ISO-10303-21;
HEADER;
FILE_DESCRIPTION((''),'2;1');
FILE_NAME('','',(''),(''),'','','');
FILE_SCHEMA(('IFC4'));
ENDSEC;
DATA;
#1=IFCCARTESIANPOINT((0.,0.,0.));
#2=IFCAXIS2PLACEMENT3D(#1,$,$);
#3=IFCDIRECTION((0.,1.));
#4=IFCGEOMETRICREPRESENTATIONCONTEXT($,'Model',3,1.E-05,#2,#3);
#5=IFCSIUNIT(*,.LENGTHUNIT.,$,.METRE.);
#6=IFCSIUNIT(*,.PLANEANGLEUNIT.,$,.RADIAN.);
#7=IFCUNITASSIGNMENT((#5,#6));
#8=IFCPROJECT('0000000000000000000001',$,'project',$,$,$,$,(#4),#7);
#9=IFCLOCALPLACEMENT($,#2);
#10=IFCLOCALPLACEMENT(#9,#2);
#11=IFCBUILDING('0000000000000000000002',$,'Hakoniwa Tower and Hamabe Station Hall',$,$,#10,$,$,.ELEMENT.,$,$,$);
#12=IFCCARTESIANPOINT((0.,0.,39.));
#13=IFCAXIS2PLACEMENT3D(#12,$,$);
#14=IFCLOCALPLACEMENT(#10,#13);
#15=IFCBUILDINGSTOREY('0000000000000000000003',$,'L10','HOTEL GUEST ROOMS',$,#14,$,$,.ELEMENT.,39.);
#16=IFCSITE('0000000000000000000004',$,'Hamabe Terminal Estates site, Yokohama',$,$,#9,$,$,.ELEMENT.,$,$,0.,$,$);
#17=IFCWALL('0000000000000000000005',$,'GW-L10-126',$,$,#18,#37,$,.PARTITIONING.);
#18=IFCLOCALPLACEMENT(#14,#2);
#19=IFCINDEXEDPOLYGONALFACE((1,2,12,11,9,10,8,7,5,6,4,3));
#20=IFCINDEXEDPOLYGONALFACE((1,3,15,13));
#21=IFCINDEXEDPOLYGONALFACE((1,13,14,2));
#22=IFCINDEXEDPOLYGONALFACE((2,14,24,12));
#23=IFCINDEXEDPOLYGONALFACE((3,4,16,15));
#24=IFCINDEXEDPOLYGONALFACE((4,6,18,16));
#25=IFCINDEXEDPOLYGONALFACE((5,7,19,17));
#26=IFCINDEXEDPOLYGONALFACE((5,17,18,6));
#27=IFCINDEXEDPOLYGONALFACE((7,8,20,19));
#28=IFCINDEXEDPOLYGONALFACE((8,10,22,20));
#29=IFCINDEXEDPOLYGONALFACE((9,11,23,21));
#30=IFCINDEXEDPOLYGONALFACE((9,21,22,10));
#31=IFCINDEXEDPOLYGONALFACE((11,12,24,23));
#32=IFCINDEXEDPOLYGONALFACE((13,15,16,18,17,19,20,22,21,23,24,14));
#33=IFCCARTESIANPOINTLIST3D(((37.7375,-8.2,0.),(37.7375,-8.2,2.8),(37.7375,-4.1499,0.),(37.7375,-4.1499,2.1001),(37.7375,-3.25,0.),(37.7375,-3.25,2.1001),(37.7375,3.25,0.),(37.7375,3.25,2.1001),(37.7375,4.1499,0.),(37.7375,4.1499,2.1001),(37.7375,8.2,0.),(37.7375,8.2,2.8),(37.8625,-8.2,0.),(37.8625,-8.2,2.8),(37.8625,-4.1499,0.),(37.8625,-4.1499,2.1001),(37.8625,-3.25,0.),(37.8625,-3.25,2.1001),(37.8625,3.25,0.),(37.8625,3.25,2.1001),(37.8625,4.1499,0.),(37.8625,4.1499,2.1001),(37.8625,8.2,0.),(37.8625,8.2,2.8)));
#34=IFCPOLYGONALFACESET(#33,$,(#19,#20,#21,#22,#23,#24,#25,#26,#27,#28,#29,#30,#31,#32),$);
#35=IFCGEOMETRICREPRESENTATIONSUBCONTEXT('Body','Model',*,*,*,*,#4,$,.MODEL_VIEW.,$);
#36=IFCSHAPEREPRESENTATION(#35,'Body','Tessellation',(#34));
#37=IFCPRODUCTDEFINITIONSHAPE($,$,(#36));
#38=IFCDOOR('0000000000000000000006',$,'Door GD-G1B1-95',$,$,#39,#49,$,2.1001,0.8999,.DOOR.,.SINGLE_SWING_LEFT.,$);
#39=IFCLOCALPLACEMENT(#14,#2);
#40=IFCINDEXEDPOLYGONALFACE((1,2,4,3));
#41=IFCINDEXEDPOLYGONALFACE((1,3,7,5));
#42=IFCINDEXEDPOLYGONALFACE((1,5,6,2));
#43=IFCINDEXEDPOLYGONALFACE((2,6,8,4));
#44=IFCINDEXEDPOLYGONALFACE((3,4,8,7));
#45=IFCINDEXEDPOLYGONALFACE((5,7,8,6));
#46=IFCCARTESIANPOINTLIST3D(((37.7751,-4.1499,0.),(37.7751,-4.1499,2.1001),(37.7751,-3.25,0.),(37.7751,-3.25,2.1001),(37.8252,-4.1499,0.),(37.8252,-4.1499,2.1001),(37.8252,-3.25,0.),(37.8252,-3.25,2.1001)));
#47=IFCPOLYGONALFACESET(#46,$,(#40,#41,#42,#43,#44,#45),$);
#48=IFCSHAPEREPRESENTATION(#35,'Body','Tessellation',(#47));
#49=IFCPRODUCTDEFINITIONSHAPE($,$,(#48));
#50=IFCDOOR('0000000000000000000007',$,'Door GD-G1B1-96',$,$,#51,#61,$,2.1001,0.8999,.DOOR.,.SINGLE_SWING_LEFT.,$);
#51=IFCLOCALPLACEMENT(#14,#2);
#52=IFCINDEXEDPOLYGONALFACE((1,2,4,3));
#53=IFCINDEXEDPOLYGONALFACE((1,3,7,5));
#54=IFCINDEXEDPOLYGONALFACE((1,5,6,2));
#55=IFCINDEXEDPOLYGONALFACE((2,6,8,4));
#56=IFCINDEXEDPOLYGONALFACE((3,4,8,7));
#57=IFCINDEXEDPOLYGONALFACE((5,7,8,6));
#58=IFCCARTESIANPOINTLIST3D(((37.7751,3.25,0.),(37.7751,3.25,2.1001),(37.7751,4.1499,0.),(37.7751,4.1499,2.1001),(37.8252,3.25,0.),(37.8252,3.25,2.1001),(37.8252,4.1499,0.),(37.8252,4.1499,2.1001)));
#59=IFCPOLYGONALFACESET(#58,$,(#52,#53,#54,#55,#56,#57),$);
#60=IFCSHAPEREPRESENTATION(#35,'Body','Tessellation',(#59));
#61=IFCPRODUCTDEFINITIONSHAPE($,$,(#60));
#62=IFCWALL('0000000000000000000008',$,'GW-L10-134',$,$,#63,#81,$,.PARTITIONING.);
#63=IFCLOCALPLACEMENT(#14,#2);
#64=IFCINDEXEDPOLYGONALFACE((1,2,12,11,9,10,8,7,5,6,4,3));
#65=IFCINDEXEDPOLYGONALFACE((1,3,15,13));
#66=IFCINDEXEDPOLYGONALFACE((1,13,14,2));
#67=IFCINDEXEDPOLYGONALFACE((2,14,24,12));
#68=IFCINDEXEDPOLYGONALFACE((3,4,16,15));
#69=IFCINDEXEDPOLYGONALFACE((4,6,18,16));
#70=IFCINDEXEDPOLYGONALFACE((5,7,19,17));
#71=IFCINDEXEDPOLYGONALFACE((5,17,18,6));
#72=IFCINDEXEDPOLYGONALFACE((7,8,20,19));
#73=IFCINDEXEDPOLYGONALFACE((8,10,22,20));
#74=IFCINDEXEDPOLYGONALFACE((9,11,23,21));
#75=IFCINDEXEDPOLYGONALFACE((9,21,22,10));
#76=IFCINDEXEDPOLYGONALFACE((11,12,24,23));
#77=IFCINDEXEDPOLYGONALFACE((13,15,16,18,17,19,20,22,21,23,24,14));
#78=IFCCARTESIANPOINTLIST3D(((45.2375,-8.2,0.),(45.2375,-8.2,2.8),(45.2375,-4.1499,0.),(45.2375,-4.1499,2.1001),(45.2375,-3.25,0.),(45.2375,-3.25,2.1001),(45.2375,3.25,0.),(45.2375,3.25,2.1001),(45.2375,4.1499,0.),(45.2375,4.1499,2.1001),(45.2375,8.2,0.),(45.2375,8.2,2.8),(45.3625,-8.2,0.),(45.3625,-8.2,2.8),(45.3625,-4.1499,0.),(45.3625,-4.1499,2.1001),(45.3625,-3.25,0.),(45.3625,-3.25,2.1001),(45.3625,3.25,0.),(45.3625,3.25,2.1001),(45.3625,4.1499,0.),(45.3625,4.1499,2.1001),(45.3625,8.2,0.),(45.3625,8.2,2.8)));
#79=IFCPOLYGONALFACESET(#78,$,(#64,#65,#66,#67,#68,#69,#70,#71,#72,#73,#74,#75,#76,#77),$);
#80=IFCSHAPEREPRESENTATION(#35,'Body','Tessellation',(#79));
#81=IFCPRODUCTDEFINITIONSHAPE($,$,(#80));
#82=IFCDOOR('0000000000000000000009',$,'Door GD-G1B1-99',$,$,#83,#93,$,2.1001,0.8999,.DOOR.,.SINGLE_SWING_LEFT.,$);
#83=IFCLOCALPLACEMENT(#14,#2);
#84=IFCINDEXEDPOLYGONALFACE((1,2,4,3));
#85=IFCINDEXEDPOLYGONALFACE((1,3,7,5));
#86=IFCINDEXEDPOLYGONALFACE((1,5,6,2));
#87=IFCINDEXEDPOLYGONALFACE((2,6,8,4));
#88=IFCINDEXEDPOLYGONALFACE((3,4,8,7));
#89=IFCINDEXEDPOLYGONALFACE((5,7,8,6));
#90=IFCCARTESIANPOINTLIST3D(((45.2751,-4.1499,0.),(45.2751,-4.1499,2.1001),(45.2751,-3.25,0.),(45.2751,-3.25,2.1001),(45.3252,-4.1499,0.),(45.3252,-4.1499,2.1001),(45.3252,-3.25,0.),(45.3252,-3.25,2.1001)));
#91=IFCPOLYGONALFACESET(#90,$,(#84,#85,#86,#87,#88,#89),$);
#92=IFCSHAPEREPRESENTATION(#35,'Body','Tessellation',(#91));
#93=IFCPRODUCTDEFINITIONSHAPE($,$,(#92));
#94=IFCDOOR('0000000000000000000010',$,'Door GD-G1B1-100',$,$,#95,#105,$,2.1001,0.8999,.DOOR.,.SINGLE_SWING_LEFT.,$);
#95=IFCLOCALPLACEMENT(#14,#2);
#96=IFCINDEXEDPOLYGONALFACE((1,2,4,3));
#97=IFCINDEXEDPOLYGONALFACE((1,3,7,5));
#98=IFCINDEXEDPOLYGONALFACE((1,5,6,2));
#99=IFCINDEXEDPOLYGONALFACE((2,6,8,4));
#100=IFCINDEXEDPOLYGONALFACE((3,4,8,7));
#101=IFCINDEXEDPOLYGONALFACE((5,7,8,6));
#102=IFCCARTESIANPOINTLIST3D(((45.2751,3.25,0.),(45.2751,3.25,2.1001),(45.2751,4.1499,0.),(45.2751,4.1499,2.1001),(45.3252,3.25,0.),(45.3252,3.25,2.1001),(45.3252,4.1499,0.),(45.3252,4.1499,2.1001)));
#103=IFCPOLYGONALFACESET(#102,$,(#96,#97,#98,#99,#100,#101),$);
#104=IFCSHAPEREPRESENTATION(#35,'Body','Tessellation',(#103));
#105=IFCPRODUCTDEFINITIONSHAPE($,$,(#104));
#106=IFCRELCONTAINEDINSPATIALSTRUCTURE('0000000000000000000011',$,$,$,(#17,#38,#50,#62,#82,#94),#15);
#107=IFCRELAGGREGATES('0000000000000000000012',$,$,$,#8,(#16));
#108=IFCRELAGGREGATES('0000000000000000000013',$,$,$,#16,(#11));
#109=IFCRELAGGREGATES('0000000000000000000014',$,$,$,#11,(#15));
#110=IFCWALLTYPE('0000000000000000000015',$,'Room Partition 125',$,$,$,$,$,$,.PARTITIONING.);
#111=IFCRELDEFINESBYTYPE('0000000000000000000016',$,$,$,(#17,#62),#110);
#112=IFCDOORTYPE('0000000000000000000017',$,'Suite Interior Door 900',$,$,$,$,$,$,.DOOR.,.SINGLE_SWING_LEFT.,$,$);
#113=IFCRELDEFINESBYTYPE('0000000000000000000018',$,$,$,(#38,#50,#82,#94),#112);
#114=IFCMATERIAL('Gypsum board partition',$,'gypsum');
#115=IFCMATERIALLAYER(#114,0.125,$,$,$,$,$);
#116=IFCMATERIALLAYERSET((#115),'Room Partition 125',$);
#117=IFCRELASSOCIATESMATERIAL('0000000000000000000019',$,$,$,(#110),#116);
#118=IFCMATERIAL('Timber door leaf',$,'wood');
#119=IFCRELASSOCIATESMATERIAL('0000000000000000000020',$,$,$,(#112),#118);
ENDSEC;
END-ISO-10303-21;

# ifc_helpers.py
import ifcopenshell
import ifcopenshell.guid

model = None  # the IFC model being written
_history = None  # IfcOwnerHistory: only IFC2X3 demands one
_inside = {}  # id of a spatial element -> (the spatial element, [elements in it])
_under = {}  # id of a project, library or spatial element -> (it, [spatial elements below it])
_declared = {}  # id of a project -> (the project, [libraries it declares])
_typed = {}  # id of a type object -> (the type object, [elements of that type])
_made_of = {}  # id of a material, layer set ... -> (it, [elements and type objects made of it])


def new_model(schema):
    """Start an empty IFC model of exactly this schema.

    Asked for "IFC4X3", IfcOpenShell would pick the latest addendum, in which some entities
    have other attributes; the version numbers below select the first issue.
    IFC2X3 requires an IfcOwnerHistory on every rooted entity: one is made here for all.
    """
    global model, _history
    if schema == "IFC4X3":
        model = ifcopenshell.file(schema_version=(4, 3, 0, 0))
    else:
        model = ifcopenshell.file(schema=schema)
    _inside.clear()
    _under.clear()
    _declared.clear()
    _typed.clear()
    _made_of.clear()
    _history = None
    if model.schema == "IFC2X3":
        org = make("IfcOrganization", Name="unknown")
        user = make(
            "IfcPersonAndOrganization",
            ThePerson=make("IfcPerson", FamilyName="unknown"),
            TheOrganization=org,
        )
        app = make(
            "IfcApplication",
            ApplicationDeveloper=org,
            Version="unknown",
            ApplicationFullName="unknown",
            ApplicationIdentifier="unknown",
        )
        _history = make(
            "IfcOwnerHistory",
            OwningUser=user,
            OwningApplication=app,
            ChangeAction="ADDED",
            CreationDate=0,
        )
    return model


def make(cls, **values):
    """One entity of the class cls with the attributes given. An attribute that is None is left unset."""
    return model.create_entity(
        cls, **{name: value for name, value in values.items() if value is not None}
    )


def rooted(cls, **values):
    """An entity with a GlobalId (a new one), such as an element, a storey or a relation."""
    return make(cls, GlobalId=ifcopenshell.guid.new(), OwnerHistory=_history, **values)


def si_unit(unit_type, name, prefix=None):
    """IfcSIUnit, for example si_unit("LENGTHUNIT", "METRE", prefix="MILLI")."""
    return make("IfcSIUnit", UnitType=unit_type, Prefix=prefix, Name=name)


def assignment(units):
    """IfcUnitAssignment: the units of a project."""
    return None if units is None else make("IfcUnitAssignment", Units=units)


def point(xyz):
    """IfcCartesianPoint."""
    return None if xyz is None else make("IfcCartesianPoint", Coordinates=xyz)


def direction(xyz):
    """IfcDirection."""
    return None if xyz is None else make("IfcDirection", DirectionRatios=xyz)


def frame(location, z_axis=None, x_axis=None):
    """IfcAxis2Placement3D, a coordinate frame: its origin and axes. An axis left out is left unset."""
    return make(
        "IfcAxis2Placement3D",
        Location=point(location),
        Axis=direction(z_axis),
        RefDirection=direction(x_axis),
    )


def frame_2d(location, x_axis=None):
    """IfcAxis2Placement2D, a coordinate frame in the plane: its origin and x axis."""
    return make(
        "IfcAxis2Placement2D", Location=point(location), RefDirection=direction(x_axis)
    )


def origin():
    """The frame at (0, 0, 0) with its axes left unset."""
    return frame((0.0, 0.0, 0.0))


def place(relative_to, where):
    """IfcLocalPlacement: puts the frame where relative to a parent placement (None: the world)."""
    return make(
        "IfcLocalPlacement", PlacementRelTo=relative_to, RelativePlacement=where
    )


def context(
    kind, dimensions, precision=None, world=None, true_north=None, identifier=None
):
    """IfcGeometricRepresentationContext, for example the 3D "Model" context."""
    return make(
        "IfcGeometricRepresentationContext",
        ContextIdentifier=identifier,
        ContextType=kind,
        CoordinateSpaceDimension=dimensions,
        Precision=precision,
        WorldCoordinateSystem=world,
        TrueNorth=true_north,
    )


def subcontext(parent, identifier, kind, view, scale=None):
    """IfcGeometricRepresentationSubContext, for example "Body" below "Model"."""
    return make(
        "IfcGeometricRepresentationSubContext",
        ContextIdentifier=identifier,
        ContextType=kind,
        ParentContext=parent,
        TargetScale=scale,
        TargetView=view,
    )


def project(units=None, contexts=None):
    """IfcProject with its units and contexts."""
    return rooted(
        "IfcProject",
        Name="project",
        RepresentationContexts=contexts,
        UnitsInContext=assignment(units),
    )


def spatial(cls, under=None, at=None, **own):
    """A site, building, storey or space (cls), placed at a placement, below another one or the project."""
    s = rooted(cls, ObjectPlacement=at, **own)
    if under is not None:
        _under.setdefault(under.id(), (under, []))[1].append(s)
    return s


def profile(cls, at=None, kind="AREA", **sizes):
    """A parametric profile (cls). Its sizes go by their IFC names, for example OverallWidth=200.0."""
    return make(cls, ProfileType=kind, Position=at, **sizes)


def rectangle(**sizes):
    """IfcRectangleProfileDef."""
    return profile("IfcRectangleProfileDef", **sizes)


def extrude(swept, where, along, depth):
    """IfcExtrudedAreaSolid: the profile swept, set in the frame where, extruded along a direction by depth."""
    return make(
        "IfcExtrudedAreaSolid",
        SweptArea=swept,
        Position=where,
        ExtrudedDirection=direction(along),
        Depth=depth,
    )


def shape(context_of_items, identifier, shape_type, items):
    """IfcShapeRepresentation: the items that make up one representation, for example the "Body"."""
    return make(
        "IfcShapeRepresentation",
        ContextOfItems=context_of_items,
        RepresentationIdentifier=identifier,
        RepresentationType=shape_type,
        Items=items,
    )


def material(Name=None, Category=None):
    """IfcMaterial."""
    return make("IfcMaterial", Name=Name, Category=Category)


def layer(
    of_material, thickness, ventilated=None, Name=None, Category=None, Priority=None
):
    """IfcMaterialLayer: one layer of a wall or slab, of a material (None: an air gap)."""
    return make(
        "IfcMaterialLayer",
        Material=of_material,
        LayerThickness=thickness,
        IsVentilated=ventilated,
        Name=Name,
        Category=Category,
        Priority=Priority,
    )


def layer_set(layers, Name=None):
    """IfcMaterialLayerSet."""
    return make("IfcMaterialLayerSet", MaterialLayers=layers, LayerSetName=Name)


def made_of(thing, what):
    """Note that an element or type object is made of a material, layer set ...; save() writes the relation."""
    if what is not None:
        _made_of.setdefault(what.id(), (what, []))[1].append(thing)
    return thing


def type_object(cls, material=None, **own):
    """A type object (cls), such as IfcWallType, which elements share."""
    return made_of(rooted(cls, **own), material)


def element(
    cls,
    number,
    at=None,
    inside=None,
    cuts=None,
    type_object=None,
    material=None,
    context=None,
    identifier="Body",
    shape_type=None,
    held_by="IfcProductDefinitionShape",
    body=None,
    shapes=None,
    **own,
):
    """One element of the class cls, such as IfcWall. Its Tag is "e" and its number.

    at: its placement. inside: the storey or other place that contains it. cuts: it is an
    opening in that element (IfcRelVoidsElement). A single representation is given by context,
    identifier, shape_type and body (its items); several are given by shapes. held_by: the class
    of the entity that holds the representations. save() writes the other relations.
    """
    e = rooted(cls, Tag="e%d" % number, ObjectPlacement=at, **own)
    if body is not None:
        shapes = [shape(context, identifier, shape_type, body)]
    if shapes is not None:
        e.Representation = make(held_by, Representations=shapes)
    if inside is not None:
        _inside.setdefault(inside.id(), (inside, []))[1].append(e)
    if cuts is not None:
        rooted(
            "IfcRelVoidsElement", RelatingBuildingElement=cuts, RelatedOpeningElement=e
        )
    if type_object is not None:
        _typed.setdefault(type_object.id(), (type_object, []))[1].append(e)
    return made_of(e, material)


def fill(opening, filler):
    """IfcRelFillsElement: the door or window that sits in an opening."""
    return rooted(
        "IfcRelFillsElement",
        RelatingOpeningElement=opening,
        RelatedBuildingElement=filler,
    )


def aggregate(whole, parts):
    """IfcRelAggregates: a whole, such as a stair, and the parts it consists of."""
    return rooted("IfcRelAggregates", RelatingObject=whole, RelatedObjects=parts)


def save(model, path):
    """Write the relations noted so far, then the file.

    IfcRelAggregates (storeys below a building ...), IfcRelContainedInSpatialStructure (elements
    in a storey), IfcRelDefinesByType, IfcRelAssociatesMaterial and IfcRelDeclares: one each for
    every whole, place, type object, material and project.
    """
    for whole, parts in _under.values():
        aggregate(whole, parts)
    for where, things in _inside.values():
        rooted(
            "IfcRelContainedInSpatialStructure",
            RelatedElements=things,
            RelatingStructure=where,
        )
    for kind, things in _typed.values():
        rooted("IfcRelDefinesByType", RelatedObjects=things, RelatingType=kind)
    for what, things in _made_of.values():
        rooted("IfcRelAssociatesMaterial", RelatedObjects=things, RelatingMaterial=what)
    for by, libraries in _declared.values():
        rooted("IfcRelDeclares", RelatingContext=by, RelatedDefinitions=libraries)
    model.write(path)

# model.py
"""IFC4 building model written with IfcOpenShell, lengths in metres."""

from ifc_helpers import new_model, si_unit, direction, frame, frame_2d, origin, place, context, subcontext, project, spatial, rectangle, extrude, material, layer, layer_set, type_object, element, fill, save


model = new_model("IFC4")

# Units and contexts
model_context = context("Model", 3, precision=1e-05, world=origin(), true_north=direction((0.0, 1.0)))
body_context = subcontext(model_context, "Body", "Model", "MODEL_VIEW")
ifc_project = project(units=[si_unit("LENGTHUNIT", "METRE"), si_unit("PLANEANGLEUNIT", "RADIAN")], contexts=[model_context])

# Site, building, storey
site_placement = place(None, origin())
site = spatial("IfcSite", under=ifc_project, at=site_placement, Name="Hamabe Terminal Estates site, Yokohama", CompositionType="ELEMENT", RefElevation=0.0)
building_placement = place(site_placement, origin())
building = spatial("IfcBuilding", under=site, at=building_placement, Name="Hakoniwa Tower and Hamabe Station Hall", CompositionType="ELEMENT")
storey_placement = place(building_placement, frame((0.0, 0.0, 39.0)))
storey = spatial("IfcBuildingStorey", under=building, at=storey_placement, Name="L10", Description="HOTEL GUEST ROOMS", CompositionType="ELEMENT", Elevation=39.0)

# Walls, openings, doors
ifc_material_1 = material(Name="Gypsum board partition", Category="gypsum")
ifc_layer_1 = layer(ifc_material_1, 0.125)
ifc_layer_set_1 = layer_set([ifc_layer_1], Name="Room Partition 125")
wall_type_1 = type_object("IfcWallType", Name="Room Partition 125", PredefinedType="PARTITIONING", material=ifc_layer_set_1)
wall_1_placement = place(storey_placement, frame((37.8, -8.2, 0.0), z_axis=(0.0, 0.0, 1.0), x_axis=(0.0, 1.0, 0.0)))
wall_1 = element("IfcWall", 1, at=wall_1_placement, inside=storey, type_object=wall_type_1, Name="GW-L10-126", PredefinedType="PARTITIONING", context=body_context, shape_type="SweptSolid", body=[
    extrude(rectangle(XDim=16.3999, YDim=0.125, at=frame_2d((8.2, 0.0))), origin(), (0.0, 0.0, 1.0), 2.8),
])
opening_1_placement = place(wall_1_placement, frame((4.05, 0.0, 0.0)))
opening_1 = element("IfcOpeningElement", 2, at=opening_1_placement, cuts=wall_1, PredefinedType="OPENING", context=body_context, shape_type="SweptSolid", body=[
    extrude(rectangle(XDim=0.8999, YDim=2.1001, at=frame_2d((0.45, 1.05))), frame((0.0, 0.0725, 0.0), z_axis=(0.0, -1.0, 0.0), x_axis=(1.0, 0.0, 0.0)), (0.0, 0.0, 1.0), 0.145),
])
opening_2_placement = place(wall_1_placement, frame((11.45, 0.0, 0.0)))
opening_2 = element("IfcOpeningElement", 3, at=opening_2_placement, cuts=wall_1, PredefinedType="OPENING", context=body_context, shape_type="SweptSolid", body=[
    extrude(rectangle(XDim=0.8999, YDim=2.1001, at=frame_2d((0.45, 1.05))), frame((0.0, 0.0725, 0.0), z_axis=(0.0, -1.0, 0.0), x_axis=(1.0, 0.0, 0.0)), (0.0, 0.0, 1.0), 0.145),
])
ifc_material_2 = material(Name="Timber door leaf", Category="wood")
door_type_1 = type_object("IfcDoorType", Name="Suite Interior Door 900", OperationType="SINGLE_SWING_LEFT", PredefinedType="DOOR", material=ifc_material_2)
door_1_placement = place(opening_1_placement, origin())
door_1 = element("IfcDoor", 4, at=door_1_placement, inside=storey, type_object=door_type_1, Name="Door GD-G1B1-95", OperationType="SINGLE_SWING_LEFT", OverallHeight=2.1001, OverallWidth=0.8999, PredefinedType="DOOR", context=body_context, shape_type="SweptSolid", body=[
    extrude(rectangle(XDim=0.8999, YDim=2.1001, at=frame_2d((0.45, 1.05))), frame((0.0, 0.0249, 0.0), z_axis=(0.0, -1.0, 0.0), x_axis=(1.0, 0.0, 0.0)), (0.0, 0.0, 1.0), 0.05),
])
fill(opening_1, door_1)
door_2_placement = place(opening_2_placement, origin())
door_2 = element("IfcDoor", 5, at=door_2_placement, inside=storey, type_object=door_type_1, Name="Door GD-G1B1-96", OperationType="SINGLE_SWING_LEFT", OverallHeight=2.1001, OverallWidth=0.8999, PredefinedType="DOOR", context=body_context, shape_type="SweptSolid", body=[
    extrude(rectangle(XDim=0.8999, YDim=2.1001, at=frame_2d((0.45, 1.05))), frame((0.0, 0.0249, 0.0), z_axis=(0.0, -1.0, 0.0), x_axis=(1.0, 0.0, 0.0)), (0.0, 0.0, 1.0), 0.05),
])
fill(opening_2, door_2)
wall_2_placement = place(storey_placement, frame((45.3, -8.2, 0.0), z_axis=(0.0, 0.0, 1.0), x_axis=(0.0, 1.0, 0.0)))
wall_2 = element("IfcWall", 6, at=wall_2_placement, inside=storey, type_object=wall_type_1, Name="GW-L10-134", PredefinedType="PARTITIONING", context=body_context, shape_type="SweptSolid", body=[
    extrude(rectangle(XDim=16.3999, YDim=0.125, at=frame_2d((8.2, 0.0))), origin(), (0.0, 0.0, 1.0), 2.8),
])
opening_3_placement = place(wall_2_placement, frame((4.05, 0.0, 0.0)))
opening_3 = element("IfcOpeningElement", 7, at=opening_3_placement, cuts=wall_2, PredefinedType="OPENING", context=body_context, shape_type="SweptSolid", body=[
    extrude(rectangle(XDim=0.8999, YDim=2.1001, at=frame_2d((0.45, 1.05))), frame((0.0, 0.0725, 0.0), z_axis=(0.0, -1.0, 0.0), x_axis=(1.0, 0.0, 0.0)), (0.0, 0.0, 1.0), 0.145),
])
opening_4_placement = place(wall_2_placement, frame((11.45, 0.0, 0.0)))
opening_4 = element("IfcOpeningElement", 8, at=opening_4_placement, cuts=wall_2, PredefinedType="OPENING", context=body_context, shape_type="SweptSolid", body=[
    extrude(rectangle(XDim=0.8999, YDim=2.1001, at=frame_2d((0.45, 1.05))), frame((0.0, 0.0725, 0.0), z_axis=(0.0, -1.0, 0.0), x_axis=(1.0, 0.0, 0.0)), (0.0, 0.0, 1.0), 0.145),
])
door_3_placement = place(opening_3_placement, origin())
door_3 = element("IfcDoor", 9, at=door_3_placement, inside=storey, type_object=door_type_1, Name="Door GD-G1B1-99", OperationType="SINGLE_SWING_LEFT", OverallHeight=2.1001, OverallWidth=0.8999, PredefinedType="DOOR", context=body_context, shape_type="SweptSolid", body=[
    extrude(rectangle(XDim=0.8999, YDim=2.1001, at=frame_2d((0.45, 1.05))), frame((0.0, 0.0249, 0.0), z_axis=(0.0, -1.0, 0.0), x_axis=(1.0, 0.0, 0.0)), (0.0, 0.0, 1.0), 0.05),
])
fill(opening_3, door_3)
door_4_placement = place(opening_4_placement, origin())
door_4 = element("IfcDoor", 10, at=door_4_placement, inside=storey, type_object=door_type_1, Name="Door GD-G1B1-100", OperationType="SINGLE_SWING_LEFT", OverallHeight=2.1001, OverallWidth=0.8999, PredefinedType="DOOR", context=body_context, shape_type="SweptSolid", body=[
    extrude(rectangle(XDim=0.8999, YDim=2.1001, at=frame_2d((0.45, 1.05))), frame((0.0, 0.0249, 0.0), z_axis=(0.0, -1.0, 0.0), x_axis=(1.0, 0.0, 0.0)), (0.0, 0.0, 1.0), 0.05),
])
fill(opening_4, door_4)

save(model, "model.ifc")
